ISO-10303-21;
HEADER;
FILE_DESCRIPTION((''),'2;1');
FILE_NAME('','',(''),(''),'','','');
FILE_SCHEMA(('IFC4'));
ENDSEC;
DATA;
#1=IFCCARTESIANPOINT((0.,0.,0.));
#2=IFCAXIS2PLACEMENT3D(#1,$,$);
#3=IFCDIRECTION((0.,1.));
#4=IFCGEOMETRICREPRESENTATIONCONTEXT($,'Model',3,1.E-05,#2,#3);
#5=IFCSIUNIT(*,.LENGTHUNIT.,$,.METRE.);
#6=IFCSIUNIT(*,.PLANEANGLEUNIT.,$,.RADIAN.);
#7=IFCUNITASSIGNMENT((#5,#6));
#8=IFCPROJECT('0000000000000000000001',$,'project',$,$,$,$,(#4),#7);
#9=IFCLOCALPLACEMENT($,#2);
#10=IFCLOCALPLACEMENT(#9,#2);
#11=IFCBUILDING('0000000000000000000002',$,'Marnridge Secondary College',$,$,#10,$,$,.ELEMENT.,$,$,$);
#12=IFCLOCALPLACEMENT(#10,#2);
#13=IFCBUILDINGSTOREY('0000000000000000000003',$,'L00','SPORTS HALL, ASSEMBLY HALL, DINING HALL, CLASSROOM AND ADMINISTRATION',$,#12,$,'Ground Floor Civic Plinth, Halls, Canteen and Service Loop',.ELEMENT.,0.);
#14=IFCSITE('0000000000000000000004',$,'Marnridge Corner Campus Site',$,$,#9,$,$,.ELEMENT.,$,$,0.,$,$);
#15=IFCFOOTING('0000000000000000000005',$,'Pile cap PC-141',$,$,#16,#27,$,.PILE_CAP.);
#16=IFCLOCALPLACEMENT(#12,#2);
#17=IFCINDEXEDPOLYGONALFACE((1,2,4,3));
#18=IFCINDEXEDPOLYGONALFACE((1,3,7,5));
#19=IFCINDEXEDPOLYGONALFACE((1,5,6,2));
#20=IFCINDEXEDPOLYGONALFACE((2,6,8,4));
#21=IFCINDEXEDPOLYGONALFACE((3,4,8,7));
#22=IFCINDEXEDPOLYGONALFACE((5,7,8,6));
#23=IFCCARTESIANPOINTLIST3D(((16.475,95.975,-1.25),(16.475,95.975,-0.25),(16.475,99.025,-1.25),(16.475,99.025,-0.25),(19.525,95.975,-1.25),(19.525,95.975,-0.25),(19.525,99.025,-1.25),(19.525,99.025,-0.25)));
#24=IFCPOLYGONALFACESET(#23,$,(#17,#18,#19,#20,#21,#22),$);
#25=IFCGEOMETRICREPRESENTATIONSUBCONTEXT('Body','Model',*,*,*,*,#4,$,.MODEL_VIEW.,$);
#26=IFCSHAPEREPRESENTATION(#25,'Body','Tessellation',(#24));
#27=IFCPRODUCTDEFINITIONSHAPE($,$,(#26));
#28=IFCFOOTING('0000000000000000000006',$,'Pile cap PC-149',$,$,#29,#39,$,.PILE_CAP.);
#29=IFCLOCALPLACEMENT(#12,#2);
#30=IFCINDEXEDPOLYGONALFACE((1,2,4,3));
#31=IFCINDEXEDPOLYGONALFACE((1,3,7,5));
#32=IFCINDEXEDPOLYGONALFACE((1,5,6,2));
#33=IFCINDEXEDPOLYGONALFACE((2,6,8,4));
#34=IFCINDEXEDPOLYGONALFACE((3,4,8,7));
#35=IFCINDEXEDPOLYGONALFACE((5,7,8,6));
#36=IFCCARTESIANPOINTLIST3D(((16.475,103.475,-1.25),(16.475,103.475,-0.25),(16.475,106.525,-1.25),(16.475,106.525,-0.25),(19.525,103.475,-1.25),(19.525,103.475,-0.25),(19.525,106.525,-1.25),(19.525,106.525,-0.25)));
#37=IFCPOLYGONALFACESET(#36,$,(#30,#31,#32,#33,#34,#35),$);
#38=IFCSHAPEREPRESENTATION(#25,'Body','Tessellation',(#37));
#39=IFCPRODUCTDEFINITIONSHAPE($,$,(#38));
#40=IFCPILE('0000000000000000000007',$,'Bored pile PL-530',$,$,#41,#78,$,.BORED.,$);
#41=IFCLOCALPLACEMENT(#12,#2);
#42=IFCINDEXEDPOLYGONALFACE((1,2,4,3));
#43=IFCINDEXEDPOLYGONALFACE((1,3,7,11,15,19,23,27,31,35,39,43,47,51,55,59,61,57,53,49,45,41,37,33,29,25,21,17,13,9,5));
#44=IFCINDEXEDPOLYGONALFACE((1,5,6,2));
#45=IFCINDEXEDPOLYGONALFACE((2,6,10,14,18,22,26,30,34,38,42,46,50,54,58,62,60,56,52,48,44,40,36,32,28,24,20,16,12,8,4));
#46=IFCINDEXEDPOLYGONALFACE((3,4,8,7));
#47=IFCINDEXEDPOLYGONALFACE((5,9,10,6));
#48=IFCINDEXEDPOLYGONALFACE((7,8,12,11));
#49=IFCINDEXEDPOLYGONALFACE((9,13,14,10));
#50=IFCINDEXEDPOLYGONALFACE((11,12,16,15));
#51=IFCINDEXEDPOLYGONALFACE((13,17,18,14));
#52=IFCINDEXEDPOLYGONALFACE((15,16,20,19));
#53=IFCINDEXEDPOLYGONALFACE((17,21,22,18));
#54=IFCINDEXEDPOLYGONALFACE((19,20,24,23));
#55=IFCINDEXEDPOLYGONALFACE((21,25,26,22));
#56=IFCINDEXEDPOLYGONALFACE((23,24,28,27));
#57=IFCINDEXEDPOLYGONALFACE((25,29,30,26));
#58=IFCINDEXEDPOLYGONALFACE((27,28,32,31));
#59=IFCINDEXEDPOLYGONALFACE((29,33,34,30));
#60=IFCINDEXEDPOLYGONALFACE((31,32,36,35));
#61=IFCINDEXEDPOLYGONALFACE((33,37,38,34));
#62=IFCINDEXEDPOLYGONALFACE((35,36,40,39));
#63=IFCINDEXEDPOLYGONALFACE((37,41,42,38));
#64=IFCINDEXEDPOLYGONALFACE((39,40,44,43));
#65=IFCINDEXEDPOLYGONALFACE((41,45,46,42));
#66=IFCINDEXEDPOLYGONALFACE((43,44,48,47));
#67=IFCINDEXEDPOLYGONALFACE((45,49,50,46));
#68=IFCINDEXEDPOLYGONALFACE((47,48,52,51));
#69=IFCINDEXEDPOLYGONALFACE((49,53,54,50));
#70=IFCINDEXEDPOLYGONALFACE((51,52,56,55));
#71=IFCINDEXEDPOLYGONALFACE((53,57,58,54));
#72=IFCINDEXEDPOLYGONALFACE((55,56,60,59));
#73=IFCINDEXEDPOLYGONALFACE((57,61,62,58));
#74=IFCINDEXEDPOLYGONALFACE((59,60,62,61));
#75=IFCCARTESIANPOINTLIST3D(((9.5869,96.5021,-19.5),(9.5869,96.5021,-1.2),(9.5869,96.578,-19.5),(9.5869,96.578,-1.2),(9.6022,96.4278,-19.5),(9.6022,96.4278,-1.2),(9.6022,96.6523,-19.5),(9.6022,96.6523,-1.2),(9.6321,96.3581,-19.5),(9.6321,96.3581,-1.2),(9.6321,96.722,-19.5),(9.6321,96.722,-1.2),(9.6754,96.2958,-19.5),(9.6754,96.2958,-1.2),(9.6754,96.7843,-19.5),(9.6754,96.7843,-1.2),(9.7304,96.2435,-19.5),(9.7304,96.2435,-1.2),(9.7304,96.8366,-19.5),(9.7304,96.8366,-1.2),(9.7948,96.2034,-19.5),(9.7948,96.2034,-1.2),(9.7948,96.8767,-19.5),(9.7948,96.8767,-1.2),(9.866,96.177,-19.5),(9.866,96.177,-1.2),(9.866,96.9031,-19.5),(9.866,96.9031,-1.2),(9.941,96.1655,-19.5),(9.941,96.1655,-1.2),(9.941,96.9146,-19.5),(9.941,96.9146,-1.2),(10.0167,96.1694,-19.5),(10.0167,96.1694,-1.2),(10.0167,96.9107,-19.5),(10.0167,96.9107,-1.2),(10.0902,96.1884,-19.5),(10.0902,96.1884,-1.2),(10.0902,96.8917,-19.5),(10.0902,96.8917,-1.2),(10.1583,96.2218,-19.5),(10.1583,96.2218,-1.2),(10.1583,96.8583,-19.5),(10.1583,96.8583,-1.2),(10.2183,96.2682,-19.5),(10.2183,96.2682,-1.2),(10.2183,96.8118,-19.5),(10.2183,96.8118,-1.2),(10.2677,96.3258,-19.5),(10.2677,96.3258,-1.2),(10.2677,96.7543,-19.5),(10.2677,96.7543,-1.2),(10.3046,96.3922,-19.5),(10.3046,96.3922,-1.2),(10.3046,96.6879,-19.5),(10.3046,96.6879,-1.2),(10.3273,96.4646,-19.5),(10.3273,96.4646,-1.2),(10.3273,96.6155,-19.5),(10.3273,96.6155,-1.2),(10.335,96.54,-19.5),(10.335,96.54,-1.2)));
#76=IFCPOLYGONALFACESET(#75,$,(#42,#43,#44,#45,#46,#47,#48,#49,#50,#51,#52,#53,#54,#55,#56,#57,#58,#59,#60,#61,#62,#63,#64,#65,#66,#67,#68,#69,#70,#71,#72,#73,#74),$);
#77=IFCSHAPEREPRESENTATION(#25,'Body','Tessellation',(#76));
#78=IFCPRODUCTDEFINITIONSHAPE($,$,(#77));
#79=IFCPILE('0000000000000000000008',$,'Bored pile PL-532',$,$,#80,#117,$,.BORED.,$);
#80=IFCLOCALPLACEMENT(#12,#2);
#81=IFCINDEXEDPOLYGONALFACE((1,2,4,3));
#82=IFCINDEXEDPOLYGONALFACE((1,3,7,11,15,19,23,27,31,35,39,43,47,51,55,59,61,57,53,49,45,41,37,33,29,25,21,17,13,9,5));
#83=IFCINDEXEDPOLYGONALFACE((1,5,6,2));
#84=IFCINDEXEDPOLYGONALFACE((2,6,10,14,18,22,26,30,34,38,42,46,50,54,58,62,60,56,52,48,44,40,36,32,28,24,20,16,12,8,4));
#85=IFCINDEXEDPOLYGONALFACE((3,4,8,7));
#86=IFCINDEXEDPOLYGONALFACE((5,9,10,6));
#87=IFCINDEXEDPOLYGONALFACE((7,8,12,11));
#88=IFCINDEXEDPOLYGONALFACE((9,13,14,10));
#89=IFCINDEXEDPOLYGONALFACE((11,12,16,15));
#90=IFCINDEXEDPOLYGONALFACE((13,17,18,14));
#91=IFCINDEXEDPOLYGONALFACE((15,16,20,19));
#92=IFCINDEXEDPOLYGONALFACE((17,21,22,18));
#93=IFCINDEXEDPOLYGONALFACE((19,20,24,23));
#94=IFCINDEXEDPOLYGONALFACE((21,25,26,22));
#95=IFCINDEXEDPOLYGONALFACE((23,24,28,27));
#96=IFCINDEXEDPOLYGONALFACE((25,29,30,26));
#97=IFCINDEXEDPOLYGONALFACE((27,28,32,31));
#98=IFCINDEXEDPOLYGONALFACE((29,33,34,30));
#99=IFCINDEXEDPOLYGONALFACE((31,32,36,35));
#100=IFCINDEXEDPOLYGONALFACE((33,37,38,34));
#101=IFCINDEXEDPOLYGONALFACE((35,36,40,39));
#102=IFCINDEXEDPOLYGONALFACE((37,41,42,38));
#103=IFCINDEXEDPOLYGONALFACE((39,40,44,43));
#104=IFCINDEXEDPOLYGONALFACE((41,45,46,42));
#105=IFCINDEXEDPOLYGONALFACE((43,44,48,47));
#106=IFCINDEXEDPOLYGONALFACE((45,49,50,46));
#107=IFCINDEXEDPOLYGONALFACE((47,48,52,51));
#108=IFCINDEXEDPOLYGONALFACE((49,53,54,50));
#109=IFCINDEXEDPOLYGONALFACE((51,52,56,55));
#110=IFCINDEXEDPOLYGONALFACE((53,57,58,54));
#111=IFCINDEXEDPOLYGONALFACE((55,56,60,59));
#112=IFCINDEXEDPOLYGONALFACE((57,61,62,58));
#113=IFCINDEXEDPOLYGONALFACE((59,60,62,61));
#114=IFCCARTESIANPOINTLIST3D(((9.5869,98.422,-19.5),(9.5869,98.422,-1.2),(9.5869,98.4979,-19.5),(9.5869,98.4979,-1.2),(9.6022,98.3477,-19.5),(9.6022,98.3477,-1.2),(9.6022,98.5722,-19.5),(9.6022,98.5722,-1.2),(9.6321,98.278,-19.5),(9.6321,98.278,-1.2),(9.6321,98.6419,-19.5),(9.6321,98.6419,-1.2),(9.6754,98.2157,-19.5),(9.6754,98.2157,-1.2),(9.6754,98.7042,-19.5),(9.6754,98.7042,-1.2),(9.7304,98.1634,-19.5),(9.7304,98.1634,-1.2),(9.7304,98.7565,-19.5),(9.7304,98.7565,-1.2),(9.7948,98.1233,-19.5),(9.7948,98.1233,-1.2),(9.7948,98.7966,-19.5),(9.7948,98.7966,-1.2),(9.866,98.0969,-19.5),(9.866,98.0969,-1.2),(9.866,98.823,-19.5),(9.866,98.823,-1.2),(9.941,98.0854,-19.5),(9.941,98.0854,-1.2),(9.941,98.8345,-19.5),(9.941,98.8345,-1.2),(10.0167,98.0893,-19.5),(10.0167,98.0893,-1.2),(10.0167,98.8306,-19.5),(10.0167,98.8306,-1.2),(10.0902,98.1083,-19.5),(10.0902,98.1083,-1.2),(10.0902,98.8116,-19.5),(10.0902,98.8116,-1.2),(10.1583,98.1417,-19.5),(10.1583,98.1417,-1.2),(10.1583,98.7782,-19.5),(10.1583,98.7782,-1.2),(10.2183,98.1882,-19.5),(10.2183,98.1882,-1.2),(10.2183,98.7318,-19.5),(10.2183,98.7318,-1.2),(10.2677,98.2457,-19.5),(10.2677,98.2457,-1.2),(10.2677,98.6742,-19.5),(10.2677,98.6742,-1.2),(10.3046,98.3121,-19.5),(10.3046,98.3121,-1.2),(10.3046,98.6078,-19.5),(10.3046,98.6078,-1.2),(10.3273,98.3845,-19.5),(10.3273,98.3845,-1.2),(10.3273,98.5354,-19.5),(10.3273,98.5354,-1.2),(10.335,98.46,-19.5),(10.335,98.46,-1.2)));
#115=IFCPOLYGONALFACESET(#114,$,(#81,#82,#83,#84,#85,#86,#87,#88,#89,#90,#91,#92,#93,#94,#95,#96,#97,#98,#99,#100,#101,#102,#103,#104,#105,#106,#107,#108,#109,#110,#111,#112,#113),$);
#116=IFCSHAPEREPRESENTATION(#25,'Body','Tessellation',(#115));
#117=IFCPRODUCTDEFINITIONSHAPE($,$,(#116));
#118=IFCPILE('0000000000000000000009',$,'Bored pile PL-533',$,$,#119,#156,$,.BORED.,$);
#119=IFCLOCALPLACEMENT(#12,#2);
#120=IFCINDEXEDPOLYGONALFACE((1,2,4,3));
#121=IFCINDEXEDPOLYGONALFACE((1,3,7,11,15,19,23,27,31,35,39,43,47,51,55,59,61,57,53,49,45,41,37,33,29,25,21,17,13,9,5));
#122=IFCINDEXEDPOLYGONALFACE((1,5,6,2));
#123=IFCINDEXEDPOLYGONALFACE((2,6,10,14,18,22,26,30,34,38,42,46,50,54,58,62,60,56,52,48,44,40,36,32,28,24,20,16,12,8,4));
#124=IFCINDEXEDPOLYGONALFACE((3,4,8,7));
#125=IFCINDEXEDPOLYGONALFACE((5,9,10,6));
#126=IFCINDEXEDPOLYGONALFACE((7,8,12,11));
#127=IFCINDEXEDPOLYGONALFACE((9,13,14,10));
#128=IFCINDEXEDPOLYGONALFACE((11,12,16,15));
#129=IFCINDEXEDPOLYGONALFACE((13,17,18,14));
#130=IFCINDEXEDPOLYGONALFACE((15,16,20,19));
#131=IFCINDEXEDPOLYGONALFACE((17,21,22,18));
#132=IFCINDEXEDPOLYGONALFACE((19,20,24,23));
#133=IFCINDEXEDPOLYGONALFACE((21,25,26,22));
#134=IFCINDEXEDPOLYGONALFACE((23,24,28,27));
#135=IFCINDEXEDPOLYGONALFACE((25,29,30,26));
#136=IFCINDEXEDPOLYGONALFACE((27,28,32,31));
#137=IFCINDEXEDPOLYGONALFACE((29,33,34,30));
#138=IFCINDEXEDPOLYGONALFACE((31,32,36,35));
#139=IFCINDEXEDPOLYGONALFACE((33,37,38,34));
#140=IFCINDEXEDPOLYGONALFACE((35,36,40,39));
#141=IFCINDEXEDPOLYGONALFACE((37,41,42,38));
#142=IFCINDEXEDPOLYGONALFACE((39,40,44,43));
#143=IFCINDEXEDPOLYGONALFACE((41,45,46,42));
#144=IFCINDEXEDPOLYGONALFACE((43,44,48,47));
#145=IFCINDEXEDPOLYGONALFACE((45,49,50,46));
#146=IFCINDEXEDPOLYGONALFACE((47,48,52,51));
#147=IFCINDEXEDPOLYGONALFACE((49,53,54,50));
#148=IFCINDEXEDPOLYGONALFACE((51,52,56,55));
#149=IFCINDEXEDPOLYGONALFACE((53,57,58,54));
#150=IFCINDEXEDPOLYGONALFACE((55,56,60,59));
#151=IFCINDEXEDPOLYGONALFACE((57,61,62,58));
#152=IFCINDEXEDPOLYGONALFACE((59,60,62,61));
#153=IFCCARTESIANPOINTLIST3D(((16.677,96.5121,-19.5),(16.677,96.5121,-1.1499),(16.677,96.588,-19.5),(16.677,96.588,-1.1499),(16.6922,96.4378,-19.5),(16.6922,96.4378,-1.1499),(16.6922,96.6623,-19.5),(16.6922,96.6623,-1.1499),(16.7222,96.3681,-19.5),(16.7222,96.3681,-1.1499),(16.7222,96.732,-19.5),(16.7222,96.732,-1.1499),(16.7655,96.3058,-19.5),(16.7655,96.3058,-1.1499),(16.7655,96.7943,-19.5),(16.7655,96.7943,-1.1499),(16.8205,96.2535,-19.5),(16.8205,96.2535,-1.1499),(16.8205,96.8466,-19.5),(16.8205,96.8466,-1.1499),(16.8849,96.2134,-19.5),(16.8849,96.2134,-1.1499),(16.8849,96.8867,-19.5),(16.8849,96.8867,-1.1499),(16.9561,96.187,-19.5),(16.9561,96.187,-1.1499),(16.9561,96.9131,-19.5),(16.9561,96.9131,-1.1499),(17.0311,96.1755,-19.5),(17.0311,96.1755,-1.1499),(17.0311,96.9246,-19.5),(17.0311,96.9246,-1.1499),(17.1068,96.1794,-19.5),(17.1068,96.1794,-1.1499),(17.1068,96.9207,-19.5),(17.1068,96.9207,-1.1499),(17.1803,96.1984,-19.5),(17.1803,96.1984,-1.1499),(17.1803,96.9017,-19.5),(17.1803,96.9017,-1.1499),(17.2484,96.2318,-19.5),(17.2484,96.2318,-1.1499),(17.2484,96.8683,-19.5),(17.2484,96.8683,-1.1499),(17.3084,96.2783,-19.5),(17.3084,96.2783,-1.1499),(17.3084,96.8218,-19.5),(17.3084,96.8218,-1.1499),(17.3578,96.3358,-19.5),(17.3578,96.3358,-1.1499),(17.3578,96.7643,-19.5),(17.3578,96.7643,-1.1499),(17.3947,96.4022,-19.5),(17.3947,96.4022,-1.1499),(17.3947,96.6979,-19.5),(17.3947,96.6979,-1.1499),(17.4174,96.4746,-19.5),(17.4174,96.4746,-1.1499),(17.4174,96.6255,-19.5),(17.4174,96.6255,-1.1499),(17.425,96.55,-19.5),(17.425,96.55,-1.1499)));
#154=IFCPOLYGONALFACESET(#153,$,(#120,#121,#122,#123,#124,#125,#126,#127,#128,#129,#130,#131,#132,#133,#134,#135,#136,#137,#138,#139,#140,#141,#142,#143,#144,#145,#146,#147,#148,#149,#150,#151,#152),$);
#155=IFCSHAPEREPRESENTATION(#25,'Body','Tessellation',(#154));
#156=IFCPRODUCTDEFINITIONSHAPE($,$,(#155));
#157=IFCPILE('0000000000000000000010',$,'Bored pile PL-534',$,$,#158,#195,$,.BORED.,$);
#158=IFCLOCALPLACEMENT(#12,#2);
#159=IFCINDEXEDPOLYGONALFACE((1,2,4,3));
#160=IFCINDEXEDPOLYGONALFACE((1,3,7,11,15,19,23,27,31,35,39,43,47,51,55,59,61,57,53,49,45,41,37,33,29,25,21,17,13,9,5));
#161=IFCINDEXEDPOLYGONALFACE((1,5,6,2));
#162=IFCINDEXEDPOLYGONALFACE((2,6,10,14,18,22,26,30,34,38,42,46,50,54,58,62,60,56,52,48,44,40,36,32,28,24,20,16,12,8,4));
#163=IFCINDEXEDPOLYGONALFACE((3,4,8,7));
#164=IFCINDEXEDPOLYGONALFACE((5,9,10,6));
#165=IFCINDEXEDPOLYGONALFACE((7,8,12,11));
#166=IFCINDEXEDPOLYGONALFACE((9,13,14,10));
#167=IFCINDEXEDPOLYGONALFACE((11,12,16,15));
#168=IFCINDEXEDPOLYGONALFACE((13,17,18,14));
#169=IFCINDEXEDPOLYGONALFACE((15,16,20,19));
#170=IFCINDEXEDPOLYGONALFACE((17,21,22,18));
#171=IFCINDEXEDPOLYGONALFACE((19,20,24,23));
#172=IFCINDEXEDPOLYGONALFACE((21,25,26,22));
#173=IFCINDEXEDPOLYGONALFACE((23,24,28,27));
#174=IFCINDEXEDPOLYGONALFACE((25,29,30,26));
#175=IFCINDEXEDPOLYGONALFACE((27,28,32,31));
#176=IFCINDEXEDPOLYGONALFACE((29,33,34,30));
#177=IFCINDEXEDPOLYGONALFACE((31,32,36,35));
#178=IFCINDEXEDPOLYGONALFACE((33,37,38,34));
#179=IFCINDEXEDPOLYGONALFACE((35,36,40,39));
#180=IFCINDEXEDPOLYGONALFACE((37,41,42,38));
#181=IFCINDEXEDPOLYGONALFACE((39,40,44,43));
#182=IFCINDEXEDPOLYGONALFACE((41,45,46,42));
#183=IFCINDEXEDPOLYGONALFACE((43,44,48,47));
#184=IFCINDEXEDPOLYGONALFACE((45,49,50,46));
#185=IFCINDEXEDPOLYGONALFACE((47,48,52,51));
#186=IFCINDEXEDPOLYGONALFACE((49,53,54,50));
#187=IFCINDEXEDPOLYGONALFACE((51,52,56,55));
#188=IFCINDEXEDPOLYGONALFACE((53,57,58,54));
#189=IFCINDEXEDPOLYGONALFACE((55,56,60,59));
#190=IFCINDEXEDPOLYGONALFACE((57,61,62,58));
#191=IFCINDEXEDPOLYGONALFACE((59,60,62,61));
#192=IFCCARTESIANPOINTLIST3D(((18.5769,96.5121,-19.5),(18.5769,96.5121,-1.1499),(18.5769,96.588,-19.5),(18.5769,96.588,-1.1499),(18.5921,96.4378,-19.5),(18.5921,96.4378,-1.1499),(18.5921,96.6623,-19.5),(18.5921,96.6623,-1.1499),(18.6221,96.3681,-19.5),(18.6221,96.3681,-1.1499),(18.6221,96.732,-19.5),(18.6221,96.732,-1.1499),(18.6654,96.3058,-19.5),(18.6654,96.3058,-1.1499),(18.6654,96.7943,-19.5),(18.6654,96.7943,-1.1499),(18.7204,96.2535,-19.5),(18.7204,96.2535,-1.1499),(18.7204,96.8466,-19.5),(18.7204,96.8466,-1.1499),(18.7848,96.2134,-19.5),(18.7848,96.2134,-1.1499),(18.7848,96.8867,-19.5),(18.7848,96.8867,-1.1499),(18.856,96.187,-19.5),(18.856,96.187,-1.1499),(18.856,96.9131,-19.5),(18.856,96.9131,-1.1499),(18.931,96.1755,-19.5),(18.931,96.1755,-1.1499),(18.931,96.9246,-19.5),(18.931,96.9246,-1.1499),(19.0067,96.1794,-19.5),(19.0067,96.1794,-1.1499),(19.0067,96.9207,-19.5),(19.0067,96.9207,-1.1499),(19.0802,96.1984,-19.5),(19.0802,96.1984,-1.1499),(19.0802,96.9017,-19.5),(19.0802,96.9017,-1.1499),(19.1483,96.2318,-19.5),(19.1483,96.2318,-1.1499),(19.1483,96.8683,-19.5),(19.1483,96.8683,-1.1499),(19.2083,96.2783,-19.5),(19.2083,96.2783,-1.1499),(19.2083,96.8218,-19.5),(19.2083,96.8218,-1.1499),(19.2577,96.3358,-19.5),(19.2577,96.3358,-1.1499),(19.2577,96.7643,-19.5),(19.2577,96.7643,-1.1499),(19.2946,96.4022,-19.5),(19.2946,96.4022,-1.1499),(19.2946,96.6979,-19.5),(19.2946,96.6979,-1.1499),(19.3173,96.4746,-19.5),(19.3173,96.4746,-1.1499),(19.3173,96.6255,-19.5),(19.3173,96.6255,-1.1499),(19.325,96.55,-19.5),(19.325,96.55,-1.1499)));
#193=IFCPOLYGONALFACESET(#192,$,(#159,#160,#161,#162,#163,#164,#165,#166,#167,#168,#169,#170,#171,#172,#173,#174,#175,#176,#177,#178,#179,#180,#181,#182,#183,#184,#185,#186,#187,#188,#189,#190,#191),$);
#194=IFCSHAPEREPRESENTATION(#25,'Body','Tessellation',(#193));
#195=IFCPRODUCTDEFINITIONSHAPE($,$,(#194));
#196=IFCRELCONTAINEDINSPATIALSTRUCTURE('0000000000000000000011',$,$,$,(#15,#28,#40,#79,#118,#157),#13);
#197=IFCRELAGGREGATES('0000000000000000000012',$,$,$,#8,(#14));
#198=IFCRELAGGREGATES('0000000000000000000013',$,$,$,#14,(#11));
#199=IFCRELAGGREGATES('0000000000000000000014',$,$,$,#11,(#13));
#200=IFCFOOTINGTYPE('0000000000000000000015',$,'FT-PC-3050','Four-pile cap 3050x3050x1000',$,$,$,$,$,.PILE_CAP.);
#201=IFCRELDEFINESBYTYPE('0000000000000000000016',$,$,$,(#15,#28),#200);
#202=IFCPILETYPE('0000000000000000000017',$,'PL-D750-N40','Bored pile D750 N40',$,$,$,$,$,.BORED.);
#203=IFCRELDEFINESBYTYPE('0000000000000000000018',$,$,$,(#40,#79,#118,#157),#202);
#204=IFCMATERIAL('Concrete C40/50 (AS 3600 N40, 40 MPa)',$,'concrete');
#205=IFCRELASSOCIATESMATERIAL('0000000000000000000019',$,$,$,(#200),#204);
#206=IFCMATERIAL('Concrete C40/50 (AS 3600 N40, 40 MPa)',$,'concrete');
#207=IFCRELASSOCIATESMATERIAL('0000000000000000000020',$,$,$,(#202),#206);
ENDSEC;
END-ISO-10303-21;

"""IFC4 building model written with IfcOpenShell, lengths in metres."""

from ifc_helpers import new_model, si_unit, direction, frame, origin, origin_2d, place, context, subcontext, project, spatial, rectangle, circle, extrude, material, material_profile, profile_set, type_object, element, save


model = new_model("IFC4")

# Units and contexts
model_context = context("Model", 3, precision=1e-05, world=origin(), true_north=direction((0.0, 1.0)))
body_context = subcontext(model_context, "Body", "Model", "MODEL_VIEW")
ifc_project = project(units=[si_unit("LENGTHUNIT", "METRE"), si_unit("PLANEANGLEUNIT", "RADIAN")], contexts=[model_context])

# Site, building, storey
site_placement = place(None, origin())
site = spatial("IfcSite", under=ifc_project, at=site_placement, Name="Marnridge Corner Campus Site", CompositionType="ELEMENT", RefElevation=0.0)
building_placement = place(site_placement, origin())
building = spatial("IfcBuilding", under=site, at=building_placement, Name="Marnridge Secondary College", CompositionType="ELEMENT")
storey_placement = place(building_placement, origin())
storey = spatial("IfcBuildingStorey", under=building, at=storey_placement, Name="L00", Description="SPORTS HALL, ASSEMBLY HALL, DINING HALL, CLASSROOM AND ADMINISTRATION", LongName="Ground Floor Civic Plinth, Halls, Canteen and Service Loop", CompositionType="ELEMENT", Elevation=0.0)

# Footings
ifc_material_1 = material(Name="Concrete C40/50 (AS 3600 N40, 40 MPa)", Category="concrete")
footing_type = type_object("IfcFootingType", Name="FT-PC-3050", Description="Four-pile cap 3050x3050x1000", PredefinedType="PILE_CAP", material=ifc_material_1)
for number, where, z_axis, x_axis, name in (
    (1, (18.0, 97.5, -1.25), (0.0, 0.0, 1.0), (1.0, 0.0, 0.0), "Pile cap PC-141"),
    (2, (18.0, 105.0, -1.25), (0.0, 0.0, 1.0), (1.0, 0.0, 0.0), "Pile cap PC-149"),
):
    element("IfcFooting", number, at=place(storey_placement, frame(where, z_axis=z_axis, x_axis=x_axis)), inside=storey, type_object=footing_type, Name=name, PredefinedType="PILE_CAP", context=body_context, shape_type="SweptSolid", body=[
        extrude(rectangle(XDim=3.05, YDim=3.05, at=origin_2d()), origin(), (0.0, 0.0, 1.0), 1.0),
    ])

# Piles
ifc_material_2 = material(Name="Concrete C40/50 (AS 3600 N40, 40 MPa)", Category="concrete")
ifc_material_profile_1 = material_profile(ifc_material_2, circle(Radius=0.375, at=origin_2d()), Name="PILE D750")
ifc_profile_set_1 = profile_set([ifc_material_profile_1], Name="Concrete C40/50 (AS 3600 N40, 40 MPa)")
pile_type = type_object("IfcPileType", Name="PL-D750-N40", Description="Bored pile D750 N40", PredefinedType="BORED", material=ifc_profile_set_1)
for number, where, z_axis, x_axis, name in (
    (3, (9.96, 96.54, -1.2), (0.0, 0.0, -1.0), (1.0, 0.0, 0.0), "Bored pile PL-530"),
    (4, (9.96, 98.46, -1.2), (0.0, 0.0, -1.0), (1.0, 0.0, 0.0), "Bored pile PL-532"),
):
    element("IfcPile", number, at=place(storey_placement, frame(where, z_axis=z_axis, x_axis=x_axis)), inside=storey, type_object=pile_type, Name=name, PredefinedType="BORED", context=body_context, shape_type="SweptSolid", body=[
        extrude(circle(Radius=0.375, at=origin_2d()), origin(), (0.0, 0.0, 1.0), 18.3),
    ])
for number, where, z_axis, x_axis, name in (
    (5, (17.05, 96.55, -1.1499), (0.0, 0.0, -1.0), (1.0, 0.0, 0.0), "Bored pile PL-533"),
    (6, (18.95, 96.55, -1.1499), (0.0, 0.0, -1.0), (1.0, 0.0, 0.0), "Bored pile PL-534"),
):
    element("IfcPile", number, at=place(storey_placement, frame(where, z_axis=z_axis, x_axis=x_axis)), inside=storey, type_object=pile_type, Name=name, PredefinedType="BORED", context=body_context, shape_type="SweptSolid", body=[
        extrude(circle(Radius=0.375, at=origin_2d()), origin(), (0.0, 0.0, 1.0), 18.3501),
    ])

save(model, "model.ifc")
